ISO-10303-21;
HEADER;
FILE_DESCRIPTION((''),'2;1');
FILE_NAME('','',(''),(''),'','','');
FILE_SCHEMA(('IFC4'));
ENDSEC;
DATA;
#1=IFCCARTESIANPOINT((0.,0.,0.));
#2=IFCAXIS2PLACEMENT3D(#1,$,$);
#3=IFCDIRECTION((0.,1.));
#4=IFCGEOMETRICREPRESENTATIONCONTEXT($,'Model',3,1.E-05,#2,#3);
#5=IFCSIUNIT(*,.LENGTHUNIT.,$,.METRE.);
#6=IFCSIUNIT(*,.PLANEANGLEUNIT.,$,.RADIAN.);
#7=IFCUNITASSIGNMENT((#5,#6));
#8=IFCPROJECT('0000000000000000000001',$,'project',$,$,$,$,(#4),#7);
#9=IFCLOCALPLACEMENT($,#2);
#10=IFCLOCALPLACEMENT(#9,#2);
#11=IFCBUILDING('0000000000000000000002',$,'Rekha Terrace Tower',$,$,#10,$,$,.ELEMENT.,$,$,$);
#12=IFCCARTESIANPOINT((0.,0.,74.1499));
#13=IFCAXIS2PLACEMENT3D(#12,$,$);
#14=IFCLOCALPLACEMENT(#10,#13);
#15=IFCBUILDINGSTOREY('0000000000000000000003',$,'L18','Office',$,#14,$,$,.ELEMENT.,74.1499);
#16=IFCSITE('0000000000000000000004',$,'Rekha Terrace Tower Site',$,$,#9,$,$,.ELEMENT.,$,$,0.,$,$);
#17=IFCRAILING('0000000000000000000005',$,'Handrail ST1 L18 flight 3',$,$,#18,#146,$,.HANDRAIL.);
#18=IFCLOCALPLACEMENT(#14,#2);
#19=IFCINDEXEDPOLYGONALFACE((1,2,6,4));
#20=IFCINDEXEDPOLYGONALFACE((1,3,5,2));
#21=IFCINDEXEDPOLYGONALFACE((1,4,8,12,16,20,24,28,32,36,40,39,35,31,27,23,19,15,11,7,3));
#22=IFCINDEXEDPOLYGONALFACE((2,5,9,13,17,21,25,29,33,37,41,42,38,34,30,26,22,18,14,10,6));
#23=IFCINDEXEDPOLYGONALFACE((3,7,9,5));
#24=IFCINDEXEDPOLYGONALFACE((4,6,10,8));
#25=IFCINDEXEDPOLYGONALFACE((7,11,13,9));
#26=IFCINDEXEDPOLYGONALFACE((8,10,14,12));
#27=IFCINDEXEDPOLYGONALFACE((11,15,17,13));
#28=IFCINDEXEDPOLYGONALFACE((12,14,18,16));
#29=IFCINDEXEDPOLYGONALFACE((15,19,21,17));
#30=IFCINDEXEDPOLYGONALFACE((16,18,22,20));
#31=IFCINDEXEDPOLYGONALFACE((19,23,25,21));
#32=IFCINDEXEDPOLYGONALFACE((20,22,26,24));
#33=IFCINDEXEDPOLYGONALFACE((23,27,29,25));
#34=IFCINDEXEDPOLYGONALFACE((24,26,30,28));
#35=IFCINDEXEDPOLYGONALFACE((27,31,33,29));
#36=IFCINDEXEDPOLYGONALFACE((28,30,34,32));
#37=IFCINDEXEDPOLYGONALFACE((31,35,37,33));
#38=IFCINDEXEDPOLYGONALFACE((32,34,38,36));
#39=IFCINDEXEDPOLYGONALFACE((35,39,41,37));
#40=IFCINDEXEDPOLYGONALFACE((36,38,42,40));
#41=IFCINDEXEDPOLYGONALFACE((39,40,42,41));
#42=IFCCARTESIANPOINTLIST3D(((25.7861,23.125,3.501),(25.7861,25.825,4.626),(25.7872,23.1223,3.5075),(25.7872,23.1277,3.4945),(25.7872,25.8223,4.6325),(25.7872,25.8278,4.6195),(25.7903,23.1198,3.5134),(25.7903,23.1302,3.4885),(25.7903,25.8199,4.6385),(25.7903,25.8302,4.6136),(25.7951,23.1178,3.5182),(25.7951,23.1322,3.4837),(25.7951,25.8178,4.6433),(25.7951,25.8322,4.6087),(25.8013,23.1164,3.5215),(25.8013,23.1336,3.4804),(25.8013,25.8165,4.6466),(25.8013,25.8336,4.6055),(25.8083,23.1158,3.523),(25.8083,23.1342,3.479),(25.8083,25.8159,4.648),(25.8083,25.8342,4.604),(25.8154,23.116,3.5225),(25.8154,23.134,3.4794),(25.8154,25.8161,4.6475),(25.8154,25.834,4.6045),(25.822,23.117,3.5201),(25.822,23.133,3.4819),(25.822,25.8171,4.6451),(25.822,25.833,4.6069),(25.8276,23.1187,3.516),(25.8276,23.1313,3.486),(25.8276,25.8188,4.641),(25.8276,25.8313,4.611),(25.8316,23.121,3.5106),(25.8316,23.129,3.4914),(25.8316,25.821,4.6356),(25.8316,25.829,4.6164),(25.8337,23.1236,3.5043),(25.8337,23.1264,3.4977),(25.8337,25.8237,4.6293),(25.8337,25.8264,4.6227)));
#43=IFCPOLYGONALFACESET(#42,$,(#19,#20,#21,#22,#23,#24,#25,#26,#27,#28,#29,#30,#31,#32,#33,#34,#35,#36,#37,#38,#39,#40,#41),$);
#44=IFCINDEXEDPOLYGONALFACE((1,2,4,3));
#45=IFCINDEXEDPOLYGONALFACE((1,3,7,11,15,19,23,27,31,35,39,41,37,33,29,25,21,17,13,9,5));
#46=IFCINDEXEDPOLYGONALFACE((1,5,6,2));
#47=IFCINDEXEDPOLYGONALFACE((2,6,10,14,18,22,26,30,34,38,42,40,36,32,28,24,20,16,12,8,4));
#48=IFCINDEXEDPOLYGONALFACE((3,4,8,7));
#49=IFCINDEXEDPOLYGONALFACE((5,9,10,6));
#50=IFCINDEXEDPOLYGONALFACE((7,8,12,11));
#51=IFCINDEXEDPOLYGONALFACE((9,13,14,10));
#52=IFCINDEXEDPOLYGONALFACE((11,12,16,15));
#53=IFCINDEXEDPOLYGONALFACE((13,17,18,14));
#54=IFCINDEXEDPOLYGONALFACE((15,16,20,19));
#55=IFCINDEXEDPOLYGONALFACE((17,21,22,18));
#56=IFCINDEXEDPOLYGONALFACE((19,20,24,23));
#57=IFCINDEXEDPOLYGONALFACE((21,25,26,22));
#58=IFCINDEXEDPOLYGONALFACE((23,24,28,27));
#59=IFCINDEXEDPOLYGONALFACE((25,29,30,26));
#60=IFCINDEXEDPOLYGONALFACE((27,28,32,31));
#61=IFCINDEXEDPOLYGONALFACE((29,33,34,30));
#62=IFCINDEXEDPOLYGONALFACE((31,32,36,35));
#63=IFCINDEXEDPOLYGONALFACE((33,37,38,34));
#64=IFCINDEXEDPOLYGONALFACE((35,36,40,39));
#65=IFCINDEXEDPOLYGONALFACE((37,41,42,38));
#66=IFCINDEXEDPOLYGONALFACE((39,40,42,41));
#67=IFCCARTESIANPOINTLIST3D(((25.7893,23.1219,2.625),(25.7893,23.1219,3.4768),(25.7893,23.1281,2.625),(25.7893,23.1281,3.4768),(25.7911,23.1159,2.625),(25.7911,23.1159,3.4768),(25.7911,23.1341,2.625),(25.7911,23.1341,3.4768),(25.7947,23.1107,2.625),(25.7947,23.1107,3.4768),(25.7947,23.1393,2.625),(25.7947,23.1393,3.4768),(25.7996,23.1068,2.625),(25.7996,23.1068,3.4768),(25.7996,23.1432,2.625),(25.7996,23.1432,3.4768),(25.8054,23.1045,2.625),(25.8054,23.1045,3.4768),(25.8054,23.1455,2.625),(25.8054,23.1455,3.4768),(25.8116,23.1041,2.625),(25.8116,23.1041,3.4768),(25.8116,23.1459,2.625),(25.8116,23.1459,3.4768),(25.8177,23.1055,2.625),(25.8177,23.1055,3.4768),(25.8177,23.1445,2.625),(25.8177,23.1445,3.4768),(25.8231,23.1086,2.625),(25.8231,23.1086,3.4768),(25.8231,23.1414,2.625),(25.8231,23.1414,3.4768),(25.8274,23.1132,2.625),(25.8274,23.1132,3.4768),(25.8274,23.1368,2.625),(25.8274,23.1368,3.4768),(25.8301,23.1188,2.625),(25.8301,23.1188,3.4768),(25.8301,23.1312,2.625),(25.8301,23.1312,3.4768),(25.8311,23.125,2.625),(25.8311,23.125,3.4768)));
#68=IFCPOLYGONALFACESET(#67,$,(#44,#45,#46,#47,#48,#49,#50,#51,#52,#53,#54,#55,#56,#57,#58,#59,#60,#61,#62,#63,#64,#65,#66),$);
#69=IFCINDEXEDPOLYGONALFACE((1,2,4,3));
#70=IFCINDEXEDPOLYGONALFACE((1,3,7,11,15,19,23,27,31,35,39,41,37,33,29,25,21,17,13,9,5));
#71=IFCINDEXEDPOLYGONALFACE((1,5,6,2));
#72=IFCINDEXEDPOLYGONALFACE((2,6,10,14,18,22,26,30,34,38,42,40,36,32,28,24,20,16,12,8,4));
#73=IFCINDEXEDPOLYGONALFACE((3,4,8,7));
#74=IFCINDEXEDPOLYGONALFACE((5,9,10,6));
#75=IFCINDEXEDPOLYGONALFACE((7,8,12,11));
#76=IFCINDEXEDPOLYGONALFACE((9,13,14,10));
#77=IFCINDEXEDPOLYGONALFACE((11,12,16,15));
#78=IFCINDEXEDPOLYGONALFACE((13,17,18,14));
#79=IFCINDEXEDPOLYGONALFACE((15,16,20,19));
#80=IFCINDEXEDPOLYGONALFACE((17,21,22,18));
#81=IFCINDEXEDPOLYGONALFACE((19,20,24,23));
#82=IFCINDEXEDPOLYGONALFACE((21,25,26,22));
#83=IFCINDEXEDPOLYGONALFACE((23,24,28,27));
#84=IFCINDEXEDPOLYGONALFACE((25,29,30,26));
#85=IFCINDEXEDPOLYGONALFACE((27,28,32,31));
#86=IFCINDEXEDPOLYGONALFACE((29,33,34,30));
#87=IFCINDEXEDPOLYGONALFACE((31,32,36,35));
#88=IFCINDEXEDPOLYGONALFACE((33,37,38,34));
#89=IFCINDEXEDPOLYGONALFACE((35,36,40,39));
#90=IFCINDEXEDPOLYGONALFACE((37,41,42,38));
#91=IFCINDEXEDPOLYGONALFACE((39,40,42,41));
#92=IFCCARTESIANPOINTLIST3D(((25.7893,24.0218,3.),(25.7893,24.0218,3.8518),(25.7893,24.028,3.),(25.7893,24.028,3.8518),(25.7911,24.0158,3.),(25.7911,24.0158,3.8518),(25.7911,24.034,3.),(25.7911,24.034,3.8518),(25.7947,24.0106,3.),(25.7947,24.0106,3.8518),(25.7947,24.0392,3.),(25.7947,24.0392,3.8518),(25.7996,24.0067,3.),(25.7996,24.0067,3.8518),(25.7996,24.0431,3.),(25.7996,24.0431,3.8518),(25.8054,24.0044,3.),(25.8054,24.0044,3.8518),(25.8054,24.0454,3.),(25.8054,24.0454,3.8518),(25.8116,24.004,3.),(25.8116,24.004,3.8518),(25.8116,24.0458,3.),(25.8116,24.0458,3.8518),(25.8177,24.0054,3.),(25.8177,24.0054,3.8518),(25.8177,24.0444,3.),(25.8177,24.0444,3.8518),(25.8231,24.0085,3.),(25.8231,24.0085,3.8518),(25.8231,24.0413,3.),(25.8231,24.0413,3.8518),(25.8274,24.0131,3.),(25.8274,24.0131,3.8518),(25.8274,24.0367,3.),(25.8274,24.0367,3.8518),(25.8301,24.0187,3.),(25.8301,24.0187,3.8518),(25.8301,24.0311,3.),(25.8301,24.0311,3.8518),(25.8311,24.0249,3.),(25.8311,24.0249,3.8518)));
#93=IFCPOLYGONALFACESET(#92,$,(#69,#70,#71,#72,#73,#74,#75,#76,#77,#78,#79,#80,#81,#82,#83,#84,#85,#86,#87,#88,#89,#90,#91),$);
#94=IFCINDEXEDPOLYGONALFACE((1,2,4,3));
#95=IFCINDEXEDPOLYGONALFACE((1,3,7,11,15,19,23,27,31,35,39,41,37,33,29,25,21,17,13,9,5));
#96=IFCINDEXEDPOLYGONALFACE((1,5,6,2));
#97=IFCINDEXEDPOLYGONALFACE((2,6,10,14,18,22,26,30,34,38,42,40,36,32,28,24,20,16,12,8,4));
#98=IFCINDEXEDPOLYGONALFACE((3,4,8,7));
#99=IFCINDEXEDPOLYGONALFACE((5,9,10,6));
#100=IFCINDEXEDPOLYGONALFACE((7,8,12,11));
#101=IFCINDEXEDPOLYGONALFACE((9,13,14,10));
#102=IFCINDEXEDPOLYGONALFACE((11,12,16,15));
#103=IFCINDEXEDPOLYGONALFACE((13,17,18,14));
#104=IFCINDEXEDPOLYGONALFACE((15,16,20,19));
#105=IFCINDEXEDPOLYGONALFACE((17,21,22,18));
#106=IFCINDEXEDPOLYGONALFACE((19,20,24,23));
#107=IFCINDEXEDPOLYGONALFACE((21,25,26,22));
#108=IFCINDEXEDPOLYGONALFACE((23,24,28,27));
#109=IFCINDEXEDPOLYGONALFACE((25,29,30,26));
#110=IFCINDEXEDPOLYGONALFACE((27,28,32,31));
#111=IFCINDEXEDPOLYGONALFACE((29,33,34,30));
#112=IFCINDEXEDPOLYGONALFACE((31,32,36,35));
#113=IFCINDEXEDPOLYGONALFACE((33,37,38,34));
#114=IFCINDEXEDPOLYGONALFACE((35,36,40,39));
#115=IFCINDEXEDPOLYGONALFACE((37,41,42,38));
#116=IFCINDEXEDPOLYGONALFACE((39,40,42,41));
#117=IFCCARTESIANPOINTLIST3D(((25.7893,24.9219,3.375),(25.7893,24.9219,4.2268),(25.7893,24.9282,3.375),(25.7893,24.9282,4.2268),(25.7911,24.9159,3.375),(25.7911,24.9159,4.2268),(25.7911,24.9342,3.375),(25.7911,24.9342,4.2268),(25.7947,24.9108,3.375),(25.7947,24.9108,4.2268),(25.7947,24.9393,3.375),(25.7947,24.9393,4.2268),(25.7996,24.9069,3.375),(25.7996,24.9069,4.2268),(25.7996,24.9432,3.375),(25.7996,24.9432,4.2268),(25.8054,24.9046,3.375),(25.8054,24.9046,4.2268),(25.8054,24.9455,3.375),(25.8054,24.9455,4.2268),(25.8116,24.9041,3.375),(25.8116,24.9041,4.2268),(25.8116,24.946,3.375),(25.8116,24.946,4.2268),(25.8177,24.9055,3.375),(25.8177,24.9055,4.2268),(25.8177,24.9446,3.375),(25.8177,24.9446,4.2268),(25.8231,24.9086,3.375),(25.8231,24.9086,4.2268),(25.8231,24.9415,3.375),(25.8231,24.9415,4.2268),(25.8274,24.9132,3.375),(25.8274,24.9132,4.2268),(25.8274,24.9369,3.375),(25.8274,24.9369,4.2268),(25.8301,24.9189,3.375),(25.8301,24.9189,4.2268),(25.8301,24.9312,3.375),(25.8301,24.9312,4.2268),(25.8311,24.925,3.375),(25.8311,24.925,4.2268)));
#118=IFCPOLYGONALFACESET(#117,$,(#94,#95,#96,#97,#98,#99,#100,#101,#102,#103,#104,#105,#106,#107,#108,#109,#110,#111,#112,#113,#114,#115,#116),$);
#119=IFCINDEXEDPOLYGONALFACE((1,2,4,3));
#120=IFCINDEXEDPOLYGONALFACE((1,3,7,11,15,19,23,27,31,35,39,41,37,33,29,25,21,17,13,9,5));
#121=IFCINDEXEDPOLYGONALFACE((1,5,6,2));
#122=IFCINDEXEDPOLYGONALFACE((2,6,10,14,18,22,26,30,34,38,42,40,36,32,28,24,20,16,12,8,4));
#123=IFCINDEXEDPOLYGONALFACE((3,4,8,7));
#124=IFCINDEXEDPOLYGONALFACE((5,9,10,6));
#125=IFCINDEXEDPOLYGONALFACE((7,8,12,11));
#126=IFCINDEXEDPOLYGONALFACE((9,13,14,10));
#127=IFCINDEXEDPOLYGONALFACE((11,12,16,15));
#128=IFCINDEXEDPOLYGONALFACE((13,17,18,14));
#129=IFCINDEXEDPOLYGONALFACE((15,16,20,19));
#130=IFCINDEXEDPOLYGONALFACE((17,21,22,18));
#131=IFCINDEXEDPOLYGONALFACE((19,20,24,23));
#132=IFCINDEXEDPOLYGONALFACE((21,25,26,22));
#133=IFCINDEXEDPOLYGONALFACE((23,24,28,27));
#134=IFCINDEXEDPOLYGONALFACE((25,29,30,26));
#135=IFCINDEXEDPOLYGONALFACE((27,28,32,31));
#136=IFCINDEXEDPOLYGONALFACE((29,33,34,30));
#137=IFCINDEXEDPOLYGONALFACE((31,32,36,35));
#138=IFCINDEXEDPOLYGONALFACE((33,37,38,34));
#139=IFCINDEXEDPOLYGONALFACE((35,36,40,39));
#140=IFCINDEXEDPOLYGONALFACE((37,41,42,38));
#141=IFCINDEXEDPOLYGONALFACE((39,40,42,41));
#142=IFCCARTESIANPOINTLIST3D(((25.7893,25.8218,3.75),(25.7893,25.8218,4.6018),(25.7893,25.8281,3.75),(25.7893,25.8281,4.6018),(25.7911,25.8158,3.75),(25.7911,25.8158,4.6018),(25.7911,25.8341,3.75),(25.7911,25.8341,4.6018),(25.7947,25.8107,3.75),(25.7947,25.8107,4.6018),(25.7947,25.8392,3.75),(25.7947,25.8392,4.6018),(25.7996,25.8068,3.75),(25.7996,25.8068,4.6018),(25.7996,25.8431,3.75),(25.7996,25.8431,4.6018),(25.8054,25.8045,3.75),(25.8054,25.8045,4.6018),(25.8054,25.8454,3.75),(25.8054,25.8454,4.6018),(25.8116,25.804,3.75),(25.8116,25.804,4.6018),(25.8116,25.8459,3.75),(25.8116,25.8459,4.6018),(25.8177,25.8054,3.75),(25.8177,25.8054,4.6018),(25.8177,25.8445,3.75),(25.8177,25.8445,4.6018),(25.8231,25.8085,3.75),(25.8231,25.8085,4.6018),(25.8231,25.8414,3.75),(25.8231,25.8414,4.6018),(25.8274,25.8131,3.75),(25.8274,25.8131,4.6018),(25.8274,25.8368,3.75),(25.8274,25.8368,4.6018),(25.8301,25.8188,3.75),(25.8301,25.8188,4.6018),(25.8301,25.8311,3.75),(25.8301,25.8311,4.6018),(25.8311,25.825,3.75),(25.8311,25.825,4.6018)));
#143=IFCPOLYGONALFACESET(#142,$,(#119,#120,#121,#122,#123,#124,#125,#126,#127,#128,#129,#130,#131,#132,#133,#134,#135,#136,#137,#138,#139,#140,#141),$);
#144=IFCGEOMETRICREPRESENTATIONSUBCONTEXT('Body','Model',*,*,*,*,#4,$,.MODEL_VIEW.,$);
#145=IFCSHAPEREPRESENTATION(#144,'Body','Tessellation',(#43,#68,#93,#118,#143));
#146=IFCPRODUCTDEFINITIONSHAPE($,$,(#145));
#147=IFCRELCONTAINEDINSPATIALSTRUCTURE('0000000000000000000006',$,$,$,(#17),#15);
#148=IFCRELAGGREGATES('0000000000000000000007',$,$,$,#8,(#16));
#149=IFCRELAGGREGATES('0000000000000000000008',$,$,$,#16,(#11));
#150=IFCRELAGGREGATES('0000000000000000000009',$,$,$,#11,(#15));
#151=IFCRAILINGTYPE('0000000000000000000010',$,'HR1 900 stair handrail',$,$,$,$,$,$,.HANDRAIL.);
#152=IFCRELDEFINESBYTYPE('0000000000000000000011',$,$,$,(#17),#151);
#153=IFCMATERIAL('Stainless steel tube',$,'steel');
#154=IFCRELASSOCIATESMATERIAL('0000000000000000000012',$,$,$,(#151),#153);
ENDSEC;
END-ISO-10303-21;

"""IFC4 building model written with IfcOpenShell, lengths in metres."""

from ifc_helpers import new_model, si_unit, direction, frame, origin, origin_2d, place, context, subcontext, project, spatial, circle, extrude, material, type_object, element, save


model = new_model("IFC4")

# Units and contexts
model_context = context("Model", 3, precision=1e-05, world=origin(), true_north=direction((0.0, 1.0)))
body_context = subcontext(model_context, "Body", "Model", "MODEL_VIEW")
ifc_project = project(units=[si_unit("LENGTHUNIT", "METRE"), si_unit("PLANEANGLEUNIT", "RADIAN")], contexts=[model_context])

# Site, building, storey
site_placement = place(None, origin())
site = spatial("IfcSite", under=ifc_project, at=site_placement, Name="Rekha Terrace Tower Site", CompositionType="ELEMENT", RefElevation=0.0)
building_placement = place(site_placement, origin())
building = spatial("IfcBuilding", under=site, at=building_placement, Name="Rekha Terrace Tower", CompositionType="ELEMENT")
storey_placement = place(building_placement, frame((0.0, 0.0, 74.1499)))
storey = spatial("IfcBuildingStorey", under=building, at=storey_placement, Name="L18", Description="Office", CompositionType="ELEMENT", Elevation=74.1499)

# Railing
ifc_material_1 = material(Name="Stainless steel tube", Category="steel")
railing_type_1 = type_object("IfcRailingType", Name="HR1 900 stair handrail", PredefinedType="HANDRAIL", material=ifc_material_1)
railing_1_placement = place(storey_placement, frame((25.8101, 23.125, 2.625)))
element("IfcRailing", 1, at=railing_1_placement, inside=storey, type_object=railing_type_1, Name="Handrail ST1 L18 flight 3", PredefinedType="HANDRAIL", context=body_context, shape_type="SweptSolid", body=[
    extrude(circle(Radius=0.0239, at=origin_2d()), frame((0.0, 0.0, 0.876), z_axis=(0.0, 0.923074, 0.384621), x_axis=(-1.0, 0.0, 0.0)), (0.0, 0.0, 1.0), 2.925),
    extrude(circle(Radius=0.021, at=origin_2d()), origin(), (0.0, 0.0, 1.0), 0.8518),
    extrude(circle(Radius=0.021, at=origin_2d()), frame((0.0, 0.8999, 0.375)), (0.0, 0.0, 1.0), 0.8518),
    extrude(circle(Radius=0.021, at=origin_2d()), frame((0.0, 1.8, 0.75)), (0.0, 0.0, 1.0), 0.8518),
    extrude(circle(Radius=0.021, at=origin_2d()), frame((0.0, 2.7, 1.125)), (0.0, 0.0, 1.0), 0.8518),
])

save(model, "model.ifc")
